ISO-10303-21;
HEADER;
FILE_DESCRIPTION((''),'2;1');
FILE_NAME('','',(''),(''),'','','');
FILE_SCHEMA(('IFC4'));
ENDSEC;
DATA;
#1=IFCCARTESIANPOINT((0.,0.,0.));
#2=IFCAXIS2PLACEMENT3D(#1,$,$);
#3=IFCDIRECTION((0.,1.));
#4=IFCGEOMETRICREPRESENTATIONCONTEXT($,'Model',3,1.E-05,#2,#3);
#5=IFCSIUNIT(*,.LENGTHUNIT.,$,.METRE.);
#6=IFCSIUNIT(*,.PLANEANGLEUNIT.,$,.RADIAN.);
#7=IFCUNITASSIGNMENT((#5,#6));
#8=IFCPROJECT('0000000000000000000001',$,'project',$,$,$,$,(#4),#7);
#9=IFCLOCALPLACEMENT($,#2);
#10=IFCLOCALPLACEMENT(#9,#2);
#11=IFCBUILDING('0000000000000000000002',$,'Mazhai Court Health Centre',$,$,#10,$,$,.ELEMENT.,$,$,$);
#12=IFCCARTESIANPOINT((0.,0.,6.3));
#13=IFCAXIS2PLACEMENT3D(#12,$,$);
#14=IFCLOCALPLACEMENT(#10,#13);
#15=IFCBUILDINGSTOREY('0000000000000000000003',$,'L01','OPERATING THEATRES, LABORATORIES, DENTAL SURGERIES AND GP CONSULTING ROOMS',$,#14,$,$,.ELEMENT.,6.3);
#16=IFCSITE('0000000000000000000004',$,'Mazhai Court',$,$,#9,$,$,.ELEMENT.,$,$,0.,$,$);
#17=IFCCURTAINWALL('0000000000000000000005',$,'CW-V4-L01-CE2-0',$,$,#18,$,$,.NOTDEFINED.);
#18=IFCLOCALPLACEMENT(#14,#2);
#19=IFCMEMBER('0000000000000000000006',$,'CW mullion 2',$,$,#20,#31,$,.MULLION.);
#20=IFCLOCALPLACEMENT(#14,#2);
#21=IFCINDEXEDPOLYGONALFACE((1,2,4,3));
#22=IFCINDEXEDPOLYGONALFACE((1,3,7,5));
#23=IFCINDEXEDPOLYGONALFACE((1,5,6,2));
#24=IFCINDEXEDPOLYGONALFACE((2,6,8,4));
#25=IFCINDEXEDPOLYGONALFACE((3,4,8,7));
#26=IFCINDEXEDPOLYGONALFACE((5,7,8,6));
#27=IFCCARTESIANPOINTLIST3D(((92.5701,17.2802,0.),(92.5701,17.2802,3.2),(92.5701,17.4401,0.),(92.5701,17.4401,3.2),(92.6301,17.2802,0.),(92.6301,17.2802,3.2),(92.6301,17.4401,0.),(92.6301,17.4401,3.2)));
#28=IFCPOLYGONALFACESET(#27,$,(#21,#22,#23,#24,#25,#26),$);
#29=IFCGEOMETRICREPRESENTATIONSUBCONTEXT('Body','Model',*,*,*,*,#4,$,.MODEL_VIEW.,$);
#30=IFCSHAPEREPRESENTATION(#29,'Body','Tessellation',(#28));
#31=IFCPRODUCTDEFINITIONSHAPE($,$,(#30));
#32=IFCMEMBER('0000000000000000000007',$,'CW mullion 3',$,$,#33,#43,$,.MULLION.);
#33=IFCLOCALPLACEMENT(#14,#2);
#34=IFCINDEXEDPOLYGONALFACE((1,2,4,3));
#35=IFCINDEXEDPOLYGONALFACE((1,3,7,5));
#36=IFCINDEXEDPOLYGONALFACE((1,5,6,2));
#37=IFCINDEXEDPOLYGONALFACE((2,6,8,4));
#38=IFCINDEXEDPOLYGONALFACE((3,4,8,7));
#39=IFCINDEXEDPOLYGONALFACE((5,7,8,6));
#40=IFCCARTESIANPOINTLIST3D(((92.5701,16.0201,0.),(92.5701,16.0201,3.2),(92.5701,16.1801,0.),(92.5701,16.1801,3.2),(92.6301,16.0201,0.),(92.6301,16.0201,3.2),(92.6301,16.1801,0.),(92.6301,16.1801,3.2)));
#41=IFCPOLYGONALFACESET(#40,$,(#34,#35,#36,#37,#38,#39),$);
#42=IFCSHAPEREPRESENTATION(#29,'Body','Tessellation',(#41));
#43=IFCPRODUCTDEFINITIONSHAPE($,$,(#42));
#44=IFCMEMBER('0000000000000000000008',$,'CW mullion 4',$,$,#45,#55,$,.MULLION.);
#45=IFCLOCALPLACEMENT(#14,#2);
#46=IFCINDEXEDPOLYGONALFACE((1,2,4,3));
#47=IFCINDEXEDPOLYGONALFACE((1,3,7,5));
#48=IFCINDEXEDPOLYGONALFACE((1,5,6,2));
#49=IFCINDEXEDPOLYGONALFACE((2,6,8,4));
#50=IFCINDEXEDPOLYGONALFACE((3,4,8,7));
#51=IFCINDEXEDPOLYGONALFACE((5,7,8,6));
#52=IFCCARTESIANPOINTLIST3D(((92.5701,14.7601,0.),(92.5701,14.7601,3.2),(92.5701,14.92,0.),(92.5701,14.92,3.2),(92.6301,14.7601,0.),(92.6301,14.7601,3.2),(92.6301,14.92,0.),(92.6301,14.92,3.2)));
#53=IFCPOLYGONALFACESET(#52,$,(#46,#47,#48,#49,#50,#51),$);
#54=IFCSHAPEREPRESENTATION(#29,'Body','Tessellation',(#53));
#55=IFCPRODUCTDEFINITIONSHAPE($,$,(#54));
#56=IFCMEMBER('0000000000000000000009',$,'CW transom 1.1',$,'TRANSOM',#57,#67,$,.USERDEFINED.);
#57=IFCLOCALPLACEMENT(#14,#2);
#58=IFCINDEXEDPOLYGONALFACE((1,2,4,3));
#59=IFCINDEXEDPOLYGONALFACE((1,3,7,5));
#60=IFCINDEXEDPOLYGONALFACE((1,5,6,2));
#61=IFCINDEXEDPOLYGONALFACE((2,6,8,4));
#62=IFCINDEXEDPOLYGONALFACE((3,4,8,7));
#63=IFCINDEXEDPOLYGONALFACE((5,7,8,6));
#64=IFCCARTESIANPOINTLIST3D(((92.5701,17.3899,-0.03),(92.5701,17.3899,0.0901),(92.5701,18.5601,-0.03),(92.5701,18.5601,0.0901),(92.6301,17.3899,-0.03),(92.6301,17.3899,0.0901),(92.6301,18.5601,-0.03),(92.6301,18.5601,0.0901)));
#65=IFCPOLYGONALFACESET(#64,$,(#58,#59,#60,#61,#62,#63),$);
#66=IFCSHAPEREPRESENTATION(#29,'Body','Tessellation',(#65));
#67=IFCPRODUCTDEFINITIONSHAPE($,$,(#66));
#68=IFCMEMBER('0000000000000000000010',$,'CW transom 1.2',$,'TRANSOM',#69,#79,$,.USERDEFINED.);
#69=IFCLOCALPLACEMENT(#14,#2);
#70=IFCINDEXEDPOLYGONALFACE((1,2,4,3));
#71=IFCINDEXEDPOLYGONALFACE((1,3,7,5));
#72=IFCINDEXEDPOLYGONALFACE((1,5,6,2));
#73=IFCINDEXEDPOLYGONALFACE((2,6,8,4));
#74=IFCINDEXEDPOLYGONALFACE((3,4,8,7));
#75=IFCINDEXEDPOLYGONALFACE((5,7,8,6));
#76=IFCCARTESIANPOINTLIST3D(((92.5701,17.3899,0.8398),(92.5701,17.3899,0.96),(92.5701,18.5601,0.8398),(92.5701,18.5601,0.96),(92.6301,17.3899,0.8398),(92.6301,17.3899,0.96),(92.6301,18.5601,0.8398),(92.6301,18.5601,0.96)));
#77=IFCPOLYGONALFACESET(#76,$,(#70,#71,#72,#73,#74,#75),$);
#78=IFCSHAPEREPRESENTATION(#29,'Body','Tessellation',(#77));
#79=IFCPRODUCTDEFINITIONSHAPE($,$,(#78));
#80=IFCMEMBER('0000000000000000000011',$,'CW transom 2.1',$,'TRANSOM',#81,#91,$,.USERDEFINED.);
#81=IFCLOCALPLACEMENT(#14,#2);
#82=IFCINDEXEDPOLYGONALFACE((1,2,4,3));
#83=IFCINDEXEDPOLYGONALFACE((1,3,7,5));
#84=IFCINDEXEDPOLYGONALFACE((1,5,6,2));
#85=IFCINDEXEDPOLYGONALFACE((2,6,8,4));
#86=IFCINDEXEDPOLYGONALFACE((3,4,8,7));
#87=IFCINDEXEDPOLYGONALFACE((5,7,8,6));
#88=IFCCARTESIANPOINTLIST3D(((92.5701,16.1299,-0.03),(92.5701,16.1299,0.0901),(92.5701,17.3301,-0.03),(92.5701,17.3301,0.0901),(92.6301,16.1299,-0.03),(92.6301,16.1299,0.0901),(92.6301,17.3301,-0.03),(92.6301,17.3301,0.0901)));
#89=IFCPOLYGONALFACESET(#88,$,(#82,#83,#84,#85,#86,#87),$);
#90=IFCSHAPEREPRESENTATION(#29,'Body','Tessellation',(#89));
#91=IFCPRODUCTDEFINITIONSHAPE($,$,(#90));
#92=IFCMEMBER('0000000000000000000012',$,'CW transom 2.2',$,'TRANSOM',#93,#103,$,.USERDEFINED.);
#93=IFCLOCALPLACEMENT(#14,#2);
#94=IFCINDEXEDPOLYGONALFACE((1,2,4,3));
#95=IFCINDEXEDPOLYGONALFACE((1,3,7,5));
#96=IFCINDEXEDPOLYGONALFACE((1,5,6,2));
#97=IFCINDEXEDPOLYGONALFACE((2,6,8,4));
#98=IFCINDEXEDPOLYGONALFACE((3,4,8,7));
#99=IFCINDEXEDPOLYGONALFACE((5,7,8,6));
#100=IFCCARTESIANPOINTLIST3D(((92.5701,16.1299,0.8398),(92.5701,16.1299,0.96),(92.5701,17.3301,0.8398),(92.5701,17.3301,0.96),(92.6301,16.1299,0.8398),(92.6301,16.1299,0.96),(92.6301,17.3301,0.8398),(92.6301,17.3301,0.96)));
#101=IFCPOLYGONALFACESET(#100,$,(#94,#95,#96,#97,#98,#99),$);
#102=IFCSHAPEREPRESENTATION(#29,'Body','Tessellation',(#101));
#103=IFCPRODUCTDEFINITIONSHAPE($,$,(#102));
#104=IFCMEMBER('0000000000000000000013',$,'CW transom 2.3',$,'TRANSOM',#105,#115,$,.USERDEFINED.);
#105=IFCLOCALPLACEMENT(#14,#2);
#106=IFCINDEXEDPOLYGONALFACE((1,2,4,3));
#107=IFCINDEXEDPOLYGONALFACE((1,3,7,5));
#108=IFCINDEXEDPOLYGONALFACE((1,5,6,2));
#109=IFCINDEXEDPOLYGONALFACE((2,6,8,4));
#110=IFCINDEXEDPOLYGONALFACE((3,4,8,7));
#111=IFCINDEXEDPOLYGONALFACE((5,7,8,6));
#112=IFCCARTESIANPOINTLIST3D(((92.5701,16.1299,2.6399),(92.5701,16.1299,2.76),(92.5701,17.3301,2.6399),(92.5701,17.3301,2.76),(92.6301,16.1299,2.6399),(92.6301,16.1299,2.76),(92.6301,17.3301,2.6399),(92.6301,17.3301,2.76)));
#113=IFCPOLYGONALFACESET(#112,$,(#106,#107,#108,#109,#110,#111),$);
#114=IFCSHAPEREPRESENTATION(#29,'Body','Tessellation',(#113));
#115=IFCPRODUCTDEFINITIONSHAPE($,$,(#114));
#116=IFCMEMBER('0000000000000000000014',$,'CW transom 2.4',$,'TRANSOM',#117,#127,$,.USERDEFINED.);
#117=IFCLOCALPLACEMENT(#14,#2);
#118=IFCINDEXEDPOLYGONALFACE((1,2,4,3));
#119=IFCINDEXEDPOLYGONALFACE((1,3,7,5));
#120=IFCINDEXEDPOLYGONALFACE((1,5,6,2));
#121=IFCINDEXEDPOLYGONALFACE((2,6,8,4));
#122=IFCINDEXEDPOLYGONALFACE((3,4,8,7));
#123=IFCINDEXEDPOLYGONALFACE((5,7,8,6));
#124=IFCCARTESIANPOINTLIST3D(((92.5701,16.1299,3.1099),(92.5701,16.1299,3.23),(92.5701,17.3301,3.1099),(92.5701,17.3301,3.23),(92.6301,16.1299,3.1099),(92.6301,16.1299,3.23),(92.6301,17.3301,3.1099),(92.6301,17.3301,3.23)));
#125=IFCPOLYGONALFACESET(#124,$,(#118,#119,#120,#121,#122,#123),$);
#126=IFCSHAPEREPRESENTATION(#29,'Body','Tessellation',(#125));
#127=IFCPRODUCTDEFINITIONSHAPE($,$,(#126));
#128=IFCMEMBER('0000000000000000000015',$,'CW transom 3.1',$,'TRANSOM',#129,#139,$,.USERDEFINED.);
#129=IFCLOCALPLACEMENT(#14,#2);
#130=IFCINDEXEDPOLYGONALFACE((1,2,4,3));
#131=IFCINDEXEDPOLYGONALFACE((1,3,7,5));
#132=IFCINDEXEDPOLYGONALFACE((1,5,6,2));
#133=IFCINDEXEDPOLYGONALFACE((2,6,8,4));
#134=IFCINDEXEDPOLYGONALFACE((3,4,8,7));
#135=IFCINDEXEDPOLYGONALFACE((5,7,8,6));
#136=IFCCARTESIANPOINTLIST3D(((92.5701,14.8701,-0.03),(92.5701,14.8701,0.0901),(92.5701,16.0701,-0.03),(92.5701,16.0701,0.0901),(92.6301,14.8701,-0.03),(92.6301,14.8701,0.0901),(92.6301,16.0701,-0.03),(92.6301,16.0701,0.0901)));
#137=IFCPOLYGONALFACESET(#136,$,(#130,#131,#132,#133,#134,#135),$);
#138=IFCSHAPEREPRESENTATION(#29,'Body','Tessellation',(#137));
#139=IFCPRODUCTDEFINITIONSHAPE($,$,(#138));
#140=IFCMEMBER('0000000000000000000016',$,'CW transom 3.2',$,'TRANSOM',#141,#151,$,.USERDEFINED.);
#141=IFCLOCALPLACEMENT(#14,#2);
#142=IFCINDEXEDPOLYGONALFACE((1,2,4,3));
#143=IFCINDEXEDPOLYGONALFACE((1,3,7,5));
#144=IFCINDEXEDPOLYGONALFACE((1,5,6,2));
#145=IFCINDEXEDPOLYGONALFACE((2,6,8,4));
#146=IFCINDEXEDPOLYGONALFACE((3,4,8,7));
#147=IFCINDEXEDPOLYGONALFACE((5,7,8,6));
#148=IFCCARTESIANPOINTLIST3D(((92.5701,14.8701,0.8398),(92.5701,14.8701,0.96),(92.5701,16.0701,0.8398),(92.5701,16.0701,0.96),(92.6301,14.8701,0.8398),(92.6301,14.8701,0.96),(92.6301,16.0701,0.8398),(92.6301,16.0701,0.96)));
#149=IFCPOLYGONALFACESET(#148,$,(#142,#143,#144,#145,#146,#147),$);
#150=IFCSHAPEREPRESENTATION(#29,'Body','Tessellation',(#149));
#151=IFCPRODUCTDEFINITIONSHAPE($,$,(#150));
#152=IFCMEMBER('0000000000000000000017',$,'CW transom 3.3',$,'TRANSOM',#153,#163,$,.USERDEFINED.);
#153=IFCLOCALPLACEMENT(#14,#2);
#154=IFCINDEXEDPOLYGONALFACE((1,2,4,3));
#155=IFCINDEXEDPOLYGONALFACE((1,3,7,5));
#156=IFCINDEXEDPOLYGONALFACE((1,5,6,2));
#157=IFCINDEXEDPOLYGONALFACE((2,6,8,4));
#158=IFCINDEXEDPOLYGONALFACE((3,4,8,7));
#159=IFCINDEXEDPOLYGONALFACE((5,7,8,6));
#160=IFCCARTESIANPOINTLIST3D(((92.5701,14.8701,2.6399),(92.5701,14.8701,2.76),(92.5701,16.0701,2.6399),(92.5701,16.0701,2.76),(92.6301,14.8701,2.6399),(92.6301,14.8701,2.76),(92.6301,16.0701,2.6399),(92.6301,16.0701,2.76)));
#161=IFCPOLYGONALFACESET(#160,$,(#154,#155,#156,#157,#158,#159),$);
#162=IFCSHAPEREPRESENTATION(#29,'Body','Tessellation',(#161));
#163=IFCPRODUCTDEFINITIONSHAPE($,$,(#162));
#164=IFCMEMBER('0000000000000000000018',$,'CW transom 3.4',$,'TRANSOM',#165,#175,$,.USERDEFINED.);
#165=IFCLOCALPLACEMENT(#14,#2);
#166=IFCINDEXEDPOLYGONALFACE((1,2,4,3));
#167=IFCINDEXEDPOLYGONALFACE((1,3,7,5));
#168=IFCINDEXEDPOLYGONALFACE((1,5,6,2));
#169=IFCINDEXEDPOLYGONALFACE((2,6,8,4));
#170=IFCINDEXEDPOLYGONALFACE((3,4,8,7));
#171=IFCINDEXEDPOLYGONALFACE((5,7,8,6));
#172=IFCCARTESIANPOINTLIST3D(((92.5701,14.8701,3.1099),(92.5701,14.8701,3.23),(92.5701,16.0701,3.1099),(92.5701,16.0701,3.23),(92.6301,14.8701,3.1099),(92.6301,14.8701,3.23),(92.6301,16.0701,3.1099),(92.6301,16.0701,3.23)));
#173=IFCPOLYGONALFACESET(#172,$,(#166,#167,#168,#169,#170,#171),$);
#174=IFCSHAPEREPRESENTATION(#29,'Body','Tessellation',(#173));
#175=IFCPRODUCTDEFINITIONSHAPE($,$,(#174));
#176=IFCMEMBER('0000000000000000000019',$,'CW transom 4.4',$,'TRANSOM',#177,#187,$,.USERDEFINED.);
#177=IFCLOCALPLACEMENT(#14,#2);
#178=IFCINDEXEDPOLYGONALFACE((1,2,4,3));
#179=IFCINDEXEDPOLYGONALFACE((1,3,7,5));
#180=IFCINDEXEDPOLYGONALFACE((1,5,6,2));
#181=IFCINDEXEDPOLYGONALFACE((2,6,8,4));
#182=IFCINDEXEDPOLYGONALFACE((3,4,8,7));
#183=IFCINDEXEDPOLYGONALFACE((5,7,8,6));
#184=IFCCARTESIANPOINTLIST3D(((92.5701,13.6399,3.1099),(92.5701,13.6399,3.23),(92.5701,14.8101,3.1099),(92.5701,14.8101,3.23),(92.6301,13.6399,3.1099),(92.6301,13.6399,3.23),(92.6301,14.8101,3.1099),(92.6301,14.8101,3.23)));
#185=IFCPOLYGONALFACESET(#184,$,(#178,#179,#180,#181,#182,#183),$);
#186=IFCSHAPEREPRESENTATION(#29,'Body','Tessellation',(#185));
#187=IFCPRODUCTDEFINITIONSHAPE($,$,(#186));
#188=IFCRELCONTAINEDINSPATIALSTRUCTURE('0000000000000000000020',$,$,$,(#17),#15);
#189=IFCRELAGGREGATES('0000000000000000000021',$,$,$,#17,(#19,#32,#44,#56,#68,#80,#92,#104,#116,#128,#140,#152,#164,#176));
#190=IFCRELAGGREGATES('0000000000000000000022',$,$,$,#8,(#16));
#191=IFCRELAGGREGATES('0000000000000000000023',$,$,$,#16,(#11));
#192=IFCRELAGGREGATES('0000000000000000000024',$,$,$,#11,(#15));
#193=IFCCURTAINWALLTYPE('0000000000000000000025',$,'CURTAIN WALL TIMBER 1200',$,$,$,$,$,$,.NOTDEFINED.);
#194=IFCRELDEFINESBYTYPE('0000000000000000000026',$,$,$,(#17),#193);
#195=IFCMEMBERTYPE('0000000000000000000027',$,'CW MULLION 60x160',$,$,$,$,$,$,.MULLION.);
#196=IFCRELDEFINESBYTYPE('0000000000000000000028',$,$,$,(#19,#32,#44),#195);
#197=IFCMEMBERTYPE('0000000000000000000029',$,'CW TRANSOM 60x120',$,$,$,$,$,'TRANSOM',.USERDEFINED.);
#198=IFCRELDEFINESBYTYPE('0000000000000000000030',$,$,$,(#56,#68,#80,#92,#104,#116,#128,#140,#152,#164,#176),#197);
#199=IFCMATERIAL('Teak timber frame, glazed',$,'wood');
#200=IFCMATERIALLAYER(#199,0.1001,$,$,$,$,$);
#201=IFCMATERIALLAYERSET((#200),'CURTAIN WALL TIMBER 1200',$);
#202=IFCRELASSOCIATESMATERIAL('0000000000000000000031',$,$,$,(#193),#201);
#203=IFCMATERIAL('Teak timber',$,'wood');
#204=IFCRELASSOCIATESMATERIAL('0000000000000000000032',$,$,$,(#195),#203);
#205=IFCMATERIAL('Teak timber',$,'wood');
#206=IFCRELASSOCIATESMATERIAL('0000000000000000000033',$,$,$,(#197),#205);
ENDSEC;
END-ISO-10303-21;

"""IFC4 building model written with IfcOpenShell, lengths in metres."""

from ifc_helpers import new_model, si_unit, direction, frame, origin, origin_2d, place, context, subcontext, project, spatial, rectangle, extrude, material, layer, layer_set, material_profile, profile_set, type_object, element, aggregate, save


model = new_model("IFC4")

# Units and contexts
model_context = context("Model", 3, precision=1e-05, world=origin(), true_north=direction((0.0, 1.0)))
body_context = subcontext(model_context, "Body", "Model", "MODEL_VIEW")
ifc_project = project(units=[si_unit("LENGTHUNIT", "METRE"), si_unit("PLANEANGLEUNIT", "RADIAN")], contexts=[model_context])

# Site, building, storey
site_placement = place(None, origin())
site = spatial("IfcSite", under=ifc_project, at=site_placement, Name="Mazhai Court", CompositionType="ELEMENT", RefElevation=0.0)
building_placement = place(site_placement, origin())
building = spatial("IfcBuilding", under=site, at=building_placement, Name="Mazhai Court Health Centre", CompositionType="ELEMENT")
storey_placement = place(building_placement, frame((0.0, 0.0, 6.3)))
storey = spatial("IfcBuildingStorey", under=building, at=storey_placement, Name="L01", Description="OPERATING THEATRES, LABORATORIES, DENTAL SURGERIES AND GP CONSULTING ROOMS", CompositionType="ELEMENT", Elevation=6.3)

# Curtain wall, members
ifc_material_1 = material(Name="Teak timber frame, glazed", Category="wood")
ifc_layer_1 = layer(ifc_material_1, 0.1001)
ifc_layer_set_1 = layer_set([ifc_layer_1], Name="CURTAIN WALL TIMBER 1200")
curtain_wall_type = type_object("IfcCurtainWallType", Name="CURTAIN WALL TIMBER 1200", PredefinedType="NOTDEFINED", material=ifc_layer_set_1)
curtain_wall_placement = place(storey_placement, origin())
curtain_wall = element("IfcCurtainWall", 1, at=curtain_wall_placement, inside=storey, type_object=curtain_wall_type, Name="CW-V4-L01-CE2-0", PredefinedType="NOTDEFINED")
ifc_material_2 = material(Name="Teak timber", Category="wood")
ifc_material_profile_1 = material_profile(ifc_material_2, rectangle(XDim=0.0601, YDim=0.1599, at=origin_2d()), Name="CW MULLION 60x160")
ifc_profile_set_1 = profile_set([ifc_material_profile_1], Name="Teak timber")
member_type_1 = type_object("IfcMemberType", Name="CW MULLION 60x160", PredefinedType="MULLION", material=ifc_profile_set_1)
member_1_placement = place(storey_placement, frame((92.6001, 17.3601, 0.0), z_axis=(0.0, 0.0, 1.0), x_axis=(1.0, 0.0, 0.0)))
member_1 = element("IfcMember", 2, at=member_1_placement, type_object=member_type_1, Name="CW mullion 2", PredefinedType="MULLION", context=body_context, shape_type="SweptSolid", body=[
    extrude(rectangle(XDim=0.0601, YDim=0.1599, at=origin_2d()), origin(), (0.0, 0.0, 1.0), 3.2),
])
member_2_placement = place(storey_placement, frame((92.6001, 16.1001, 0.0), z_axis=(0.0, 0.0, 1.0), x_axis=(1.0, 0.0, 0.0)))
member_2 = element("IfcMember", 3, at=member_2_placement, type_object=member_type_1, Name="CW mullion 3", PredefinedType="MULLION", context=body_context, shape_type="SweptSolid", body=[
    extrude(rectangle(XDim=0.0601, YDim=0.1599, at=origin_2d()), origin(), (0.0, 0.0, 1.0), 3.2),
])
member_3_placement = place(storey_placement, frame((92.6001, 14.8401, 0.0), z_axis=(0.0, 0.0, 1.0), x_axis=(1.0, 0.0, 0.0)))
member_3 = element("IfcMember", 4, at=member_3_placement, type_object=member_type_1, Name="CW mullion 4", PredefinedType="MULLION", context=body_context, shape_type="SweptSolid", body=[
    extrude(rectangle(XDim=0.0601, YDim=0.1599, at=origin_2d()), origin(), (0.0, 0.0, 1.0), 3.2),
])
ifc_material_3 = material(Name="Teak timber", Category="wood")
ifc_material_profile_2 = material_profile(ifc_material_3, rectangle(XDim=0.0601, YDim=0.1201, at=origin_2d()), Name="CW TRANSOM 60x120")
ifc_profile_set_2 = profile_set([ifc_material_profile_2], Name="Teak timber")
member_type_2 = type_object("IfcMemberType", Name="CW TRANSOM 60x120", ElementType="TRANSOM", PredefinedType="USERDEFINED", material=ifc_profile_set_2)
member_4_placement = place(storey_placement, frame((92.6001, 18.5601, 0.03), z_axis=(0.0, -1.0, 0.0), x_axis=(1.0, 0.0, 0.0)))
member_4 = element("IfcMember", 5, at=member_4_placement, type_object=member_type_2, Name="CW transom 1.1", ObjectType="TRANSOM", PredefinedType="USERDEFINED", context=body_context, shape_type="SweptSolid", body=[
    extrude(rectangle(XDim=0.0601, YDim=0.1201, at=origin_2d()), origin(), (0.0, 0.0, 1.0), 1.1702),
])
member_5_placement = place(storey_placement, frame((92.6001, 18.5601, 0.8999), z_axis=(0.0, -1.0, 0.0), x_axis=(1.0, 0.0, 0.0)))
member_5 = element("IfcMember", 6, at=member_5_placement, type_object=member_type_2, Name="CW transom 1.2", ObjectType="TRANSOM", PredefinedType="USERDEFINED", context=body_context, shape_type="SweptSolid", body=[
    extrude(rectangle(XDim=0.0601, YDim=0.1201, at=origin_2d()), origin(), (0.0, 0.0, 1.0), 1.1702),
])
member_6_placement = place(storey_placement, frame((92.6001, 17.3301, 0.03), z_axis=(0.0, -1.0, 0.0), x_axis=(1.0, 0.0, 0.0)))
member_6 = element("IfcMember", 7, at=member_6_placement, type_object=member_type_2, Name="CW transom 2.1", ObjectType="TRANSOM", PredefinedType="USERDEFINED", context=body_context, shape_type="SweptSolid", body=[
    extrude(rectangle(XDim=0.0601, YDim=0.1201, at=origin_2d()), origin(), (0.0, 0.0, 1.0), 1.2002),
])
member_7_placement = place(storey_placement, frame((92.6001, 17.3301, 0.8999), z_axis=(0.0, -1.0, 0.0), x_axis=(1.0, 0.0, 0.0)))
member_7 = element("IfcMember", 8, at=member_7_placement, type_object=member_type_2, Name="CW transom 2.2", ObjectType="TRANSOM", PredefinedType="USERDEFINED", context=body_context, shape_type="SweptSolid", body=[
    extrude(rectangle(XDim=0.0601, YDim=0.1201, at=origin_2d()), origin(), (0.0, 0.0, 1.0), 1.2002),
])
member_8_placement = place(storey_placement, frame((92.6001, 17.3301, 2.7), z_axis=(0.0, -1.0, 0.0), x_axis=(1.0, 0.0, 0.0)))
member_8 = element("IfcMember", 9, at=member_8_placement, type_object=member_type_2, Name="CW transom 2.3", ObjectType="TRANSOM", PredefinedType="USERDEFINED", context=body_context, shape_type="SweptSolid", body=[
    extrude(rectangle(XDim=0.0601, YDim=0.1201, at=origin_2d()), origin(), (0.0, 0.0, 1.0), 1.2002),
])
member_9_placement = place(storey_placement, frame((92.6001, 17.3301, 3.1699), z_axis=(0.0, -1.0, 0.0), x_axis=(1.0, 0.0, 0.0)))
member_9 = element("IfcMember", 10, at=member_9_placement, type_object=member_type_2, Name="CW transom 2.4", ObjectType="TRANSOM", PredefinedType="USERDEFINED", context=body_context, shape_type="SweptSolid", body=[
    extrude(rectangle(XDim=0.0601, YDim=0.1201, at=origin_2d()), origin(), (0.0, 0.0, 1.0), 1.2002),
])
member_10_placement = place(storey_placement, frame((92.6001, 16.0701, 0.03), z_axis=(0.0, -1.0, 0.0), x_axis=(1.0, 0.0, 0.0)))
member_10 = element("IfcMember", 11, at=member_10_placement, type_object=member_type_2, Name="CW transom 3.1", ObjectType="TRANSOM", PredefinedType="USERDEFINED", context=body_context, shape_type="SweptSolid", body=[
    extrude(rectangle(XDim=0.0601, YDim=0.1201, at=origin_2d()), origin(), (0.0, 0.0, 1.0), 1.2),
])
member_11_placement = place(storey_placement, frame((92.6001, 16.0701, 0.8999), z_axis=(0.0, -1.0, 0.0), x_axis=(1.0, 0.0, 0.0)))
member_11 = element("IfcMember", 12, at=member_11_placement, type_object=member_type_2, Name="CW transom 3.2", ObjectType="TRANSOM", PredefinedType="USERDEFINED", context=body_context, shape_type="SweptSolid", body=[
    extrude(rectangle(XDim=0.0601, YDim=0.1201, at=origin_2d()), origin(), (0.0, 0.0, 1.0), 1.2),
])
member_12_placement = place(storey_placement, frame((92.6001, 16.0701, 2.7), z_axis=(0.0, -1.0, 0.0), x_axis=(1.0, 0.0, 0.0)))
member_12 = element("IfcMember", 13, at=member_12_placement, type_object=member_type_2, Name="CW transom 3.3", ObjectType="TRANSOM", PredefinedType="USERDEFINED", context=body_context, shape_type="SweptSolid", body=[
    extrude(rectangle(XDim=0.0601, YDim=0.1201, at=origin_2d()), origin(), (0.0, 0.0, 1.0), 1.2),
])
member_13_placement = place(storey_placement, frame((92.6001, 16.0701, 3.1699), z_axis=(0.0, -1.0, 0.0), x_axis=(1.0, 0.0, 0.0)))
member_13 = element("IfcMember", 14, at=member_13_placement, type_object=member_type_2, Name="CW transom 3.4", ObjectType="TRANSOM", PredefinedType="USERDEFINED", context=body_context, shape_type="SweptSolid", body=[
    extrude(rectangle(XDim=0.0601, YDim=0.1201, at=origin_2d()), origin(), (0.0, 0.0, 1.0), 1.2),
])
member_14_placement = place(storey_placement, frame((92.6001, 14.8101, 3.1699), z_axis=(0.0, -1.0, 0.0), x_axis=(1.0, 0.0, 0.0)))
member_14 = element("IfcMember", 15, at=member_14_placement, type_object=member_type_2, Name="CW transom 4.4", ObjectType="TRANSOM", PredefinedType="USERDEFINED", context=body_context, shape_type="SweptSolid", body=[
    extrude(rectangle(XDim=0.0601, YDim=0.1201, at=origin_2d()), origin(), (0.0, 0.0, 1.0), 1.1702),
])
aggregate(curtain_wall, [member_1, member_2, member_3, member_4, member_5, member_6, member_7, member_8, member_9, member_10, member_11, member_12, member_13, member_14])

save(model, "model.ifc")
